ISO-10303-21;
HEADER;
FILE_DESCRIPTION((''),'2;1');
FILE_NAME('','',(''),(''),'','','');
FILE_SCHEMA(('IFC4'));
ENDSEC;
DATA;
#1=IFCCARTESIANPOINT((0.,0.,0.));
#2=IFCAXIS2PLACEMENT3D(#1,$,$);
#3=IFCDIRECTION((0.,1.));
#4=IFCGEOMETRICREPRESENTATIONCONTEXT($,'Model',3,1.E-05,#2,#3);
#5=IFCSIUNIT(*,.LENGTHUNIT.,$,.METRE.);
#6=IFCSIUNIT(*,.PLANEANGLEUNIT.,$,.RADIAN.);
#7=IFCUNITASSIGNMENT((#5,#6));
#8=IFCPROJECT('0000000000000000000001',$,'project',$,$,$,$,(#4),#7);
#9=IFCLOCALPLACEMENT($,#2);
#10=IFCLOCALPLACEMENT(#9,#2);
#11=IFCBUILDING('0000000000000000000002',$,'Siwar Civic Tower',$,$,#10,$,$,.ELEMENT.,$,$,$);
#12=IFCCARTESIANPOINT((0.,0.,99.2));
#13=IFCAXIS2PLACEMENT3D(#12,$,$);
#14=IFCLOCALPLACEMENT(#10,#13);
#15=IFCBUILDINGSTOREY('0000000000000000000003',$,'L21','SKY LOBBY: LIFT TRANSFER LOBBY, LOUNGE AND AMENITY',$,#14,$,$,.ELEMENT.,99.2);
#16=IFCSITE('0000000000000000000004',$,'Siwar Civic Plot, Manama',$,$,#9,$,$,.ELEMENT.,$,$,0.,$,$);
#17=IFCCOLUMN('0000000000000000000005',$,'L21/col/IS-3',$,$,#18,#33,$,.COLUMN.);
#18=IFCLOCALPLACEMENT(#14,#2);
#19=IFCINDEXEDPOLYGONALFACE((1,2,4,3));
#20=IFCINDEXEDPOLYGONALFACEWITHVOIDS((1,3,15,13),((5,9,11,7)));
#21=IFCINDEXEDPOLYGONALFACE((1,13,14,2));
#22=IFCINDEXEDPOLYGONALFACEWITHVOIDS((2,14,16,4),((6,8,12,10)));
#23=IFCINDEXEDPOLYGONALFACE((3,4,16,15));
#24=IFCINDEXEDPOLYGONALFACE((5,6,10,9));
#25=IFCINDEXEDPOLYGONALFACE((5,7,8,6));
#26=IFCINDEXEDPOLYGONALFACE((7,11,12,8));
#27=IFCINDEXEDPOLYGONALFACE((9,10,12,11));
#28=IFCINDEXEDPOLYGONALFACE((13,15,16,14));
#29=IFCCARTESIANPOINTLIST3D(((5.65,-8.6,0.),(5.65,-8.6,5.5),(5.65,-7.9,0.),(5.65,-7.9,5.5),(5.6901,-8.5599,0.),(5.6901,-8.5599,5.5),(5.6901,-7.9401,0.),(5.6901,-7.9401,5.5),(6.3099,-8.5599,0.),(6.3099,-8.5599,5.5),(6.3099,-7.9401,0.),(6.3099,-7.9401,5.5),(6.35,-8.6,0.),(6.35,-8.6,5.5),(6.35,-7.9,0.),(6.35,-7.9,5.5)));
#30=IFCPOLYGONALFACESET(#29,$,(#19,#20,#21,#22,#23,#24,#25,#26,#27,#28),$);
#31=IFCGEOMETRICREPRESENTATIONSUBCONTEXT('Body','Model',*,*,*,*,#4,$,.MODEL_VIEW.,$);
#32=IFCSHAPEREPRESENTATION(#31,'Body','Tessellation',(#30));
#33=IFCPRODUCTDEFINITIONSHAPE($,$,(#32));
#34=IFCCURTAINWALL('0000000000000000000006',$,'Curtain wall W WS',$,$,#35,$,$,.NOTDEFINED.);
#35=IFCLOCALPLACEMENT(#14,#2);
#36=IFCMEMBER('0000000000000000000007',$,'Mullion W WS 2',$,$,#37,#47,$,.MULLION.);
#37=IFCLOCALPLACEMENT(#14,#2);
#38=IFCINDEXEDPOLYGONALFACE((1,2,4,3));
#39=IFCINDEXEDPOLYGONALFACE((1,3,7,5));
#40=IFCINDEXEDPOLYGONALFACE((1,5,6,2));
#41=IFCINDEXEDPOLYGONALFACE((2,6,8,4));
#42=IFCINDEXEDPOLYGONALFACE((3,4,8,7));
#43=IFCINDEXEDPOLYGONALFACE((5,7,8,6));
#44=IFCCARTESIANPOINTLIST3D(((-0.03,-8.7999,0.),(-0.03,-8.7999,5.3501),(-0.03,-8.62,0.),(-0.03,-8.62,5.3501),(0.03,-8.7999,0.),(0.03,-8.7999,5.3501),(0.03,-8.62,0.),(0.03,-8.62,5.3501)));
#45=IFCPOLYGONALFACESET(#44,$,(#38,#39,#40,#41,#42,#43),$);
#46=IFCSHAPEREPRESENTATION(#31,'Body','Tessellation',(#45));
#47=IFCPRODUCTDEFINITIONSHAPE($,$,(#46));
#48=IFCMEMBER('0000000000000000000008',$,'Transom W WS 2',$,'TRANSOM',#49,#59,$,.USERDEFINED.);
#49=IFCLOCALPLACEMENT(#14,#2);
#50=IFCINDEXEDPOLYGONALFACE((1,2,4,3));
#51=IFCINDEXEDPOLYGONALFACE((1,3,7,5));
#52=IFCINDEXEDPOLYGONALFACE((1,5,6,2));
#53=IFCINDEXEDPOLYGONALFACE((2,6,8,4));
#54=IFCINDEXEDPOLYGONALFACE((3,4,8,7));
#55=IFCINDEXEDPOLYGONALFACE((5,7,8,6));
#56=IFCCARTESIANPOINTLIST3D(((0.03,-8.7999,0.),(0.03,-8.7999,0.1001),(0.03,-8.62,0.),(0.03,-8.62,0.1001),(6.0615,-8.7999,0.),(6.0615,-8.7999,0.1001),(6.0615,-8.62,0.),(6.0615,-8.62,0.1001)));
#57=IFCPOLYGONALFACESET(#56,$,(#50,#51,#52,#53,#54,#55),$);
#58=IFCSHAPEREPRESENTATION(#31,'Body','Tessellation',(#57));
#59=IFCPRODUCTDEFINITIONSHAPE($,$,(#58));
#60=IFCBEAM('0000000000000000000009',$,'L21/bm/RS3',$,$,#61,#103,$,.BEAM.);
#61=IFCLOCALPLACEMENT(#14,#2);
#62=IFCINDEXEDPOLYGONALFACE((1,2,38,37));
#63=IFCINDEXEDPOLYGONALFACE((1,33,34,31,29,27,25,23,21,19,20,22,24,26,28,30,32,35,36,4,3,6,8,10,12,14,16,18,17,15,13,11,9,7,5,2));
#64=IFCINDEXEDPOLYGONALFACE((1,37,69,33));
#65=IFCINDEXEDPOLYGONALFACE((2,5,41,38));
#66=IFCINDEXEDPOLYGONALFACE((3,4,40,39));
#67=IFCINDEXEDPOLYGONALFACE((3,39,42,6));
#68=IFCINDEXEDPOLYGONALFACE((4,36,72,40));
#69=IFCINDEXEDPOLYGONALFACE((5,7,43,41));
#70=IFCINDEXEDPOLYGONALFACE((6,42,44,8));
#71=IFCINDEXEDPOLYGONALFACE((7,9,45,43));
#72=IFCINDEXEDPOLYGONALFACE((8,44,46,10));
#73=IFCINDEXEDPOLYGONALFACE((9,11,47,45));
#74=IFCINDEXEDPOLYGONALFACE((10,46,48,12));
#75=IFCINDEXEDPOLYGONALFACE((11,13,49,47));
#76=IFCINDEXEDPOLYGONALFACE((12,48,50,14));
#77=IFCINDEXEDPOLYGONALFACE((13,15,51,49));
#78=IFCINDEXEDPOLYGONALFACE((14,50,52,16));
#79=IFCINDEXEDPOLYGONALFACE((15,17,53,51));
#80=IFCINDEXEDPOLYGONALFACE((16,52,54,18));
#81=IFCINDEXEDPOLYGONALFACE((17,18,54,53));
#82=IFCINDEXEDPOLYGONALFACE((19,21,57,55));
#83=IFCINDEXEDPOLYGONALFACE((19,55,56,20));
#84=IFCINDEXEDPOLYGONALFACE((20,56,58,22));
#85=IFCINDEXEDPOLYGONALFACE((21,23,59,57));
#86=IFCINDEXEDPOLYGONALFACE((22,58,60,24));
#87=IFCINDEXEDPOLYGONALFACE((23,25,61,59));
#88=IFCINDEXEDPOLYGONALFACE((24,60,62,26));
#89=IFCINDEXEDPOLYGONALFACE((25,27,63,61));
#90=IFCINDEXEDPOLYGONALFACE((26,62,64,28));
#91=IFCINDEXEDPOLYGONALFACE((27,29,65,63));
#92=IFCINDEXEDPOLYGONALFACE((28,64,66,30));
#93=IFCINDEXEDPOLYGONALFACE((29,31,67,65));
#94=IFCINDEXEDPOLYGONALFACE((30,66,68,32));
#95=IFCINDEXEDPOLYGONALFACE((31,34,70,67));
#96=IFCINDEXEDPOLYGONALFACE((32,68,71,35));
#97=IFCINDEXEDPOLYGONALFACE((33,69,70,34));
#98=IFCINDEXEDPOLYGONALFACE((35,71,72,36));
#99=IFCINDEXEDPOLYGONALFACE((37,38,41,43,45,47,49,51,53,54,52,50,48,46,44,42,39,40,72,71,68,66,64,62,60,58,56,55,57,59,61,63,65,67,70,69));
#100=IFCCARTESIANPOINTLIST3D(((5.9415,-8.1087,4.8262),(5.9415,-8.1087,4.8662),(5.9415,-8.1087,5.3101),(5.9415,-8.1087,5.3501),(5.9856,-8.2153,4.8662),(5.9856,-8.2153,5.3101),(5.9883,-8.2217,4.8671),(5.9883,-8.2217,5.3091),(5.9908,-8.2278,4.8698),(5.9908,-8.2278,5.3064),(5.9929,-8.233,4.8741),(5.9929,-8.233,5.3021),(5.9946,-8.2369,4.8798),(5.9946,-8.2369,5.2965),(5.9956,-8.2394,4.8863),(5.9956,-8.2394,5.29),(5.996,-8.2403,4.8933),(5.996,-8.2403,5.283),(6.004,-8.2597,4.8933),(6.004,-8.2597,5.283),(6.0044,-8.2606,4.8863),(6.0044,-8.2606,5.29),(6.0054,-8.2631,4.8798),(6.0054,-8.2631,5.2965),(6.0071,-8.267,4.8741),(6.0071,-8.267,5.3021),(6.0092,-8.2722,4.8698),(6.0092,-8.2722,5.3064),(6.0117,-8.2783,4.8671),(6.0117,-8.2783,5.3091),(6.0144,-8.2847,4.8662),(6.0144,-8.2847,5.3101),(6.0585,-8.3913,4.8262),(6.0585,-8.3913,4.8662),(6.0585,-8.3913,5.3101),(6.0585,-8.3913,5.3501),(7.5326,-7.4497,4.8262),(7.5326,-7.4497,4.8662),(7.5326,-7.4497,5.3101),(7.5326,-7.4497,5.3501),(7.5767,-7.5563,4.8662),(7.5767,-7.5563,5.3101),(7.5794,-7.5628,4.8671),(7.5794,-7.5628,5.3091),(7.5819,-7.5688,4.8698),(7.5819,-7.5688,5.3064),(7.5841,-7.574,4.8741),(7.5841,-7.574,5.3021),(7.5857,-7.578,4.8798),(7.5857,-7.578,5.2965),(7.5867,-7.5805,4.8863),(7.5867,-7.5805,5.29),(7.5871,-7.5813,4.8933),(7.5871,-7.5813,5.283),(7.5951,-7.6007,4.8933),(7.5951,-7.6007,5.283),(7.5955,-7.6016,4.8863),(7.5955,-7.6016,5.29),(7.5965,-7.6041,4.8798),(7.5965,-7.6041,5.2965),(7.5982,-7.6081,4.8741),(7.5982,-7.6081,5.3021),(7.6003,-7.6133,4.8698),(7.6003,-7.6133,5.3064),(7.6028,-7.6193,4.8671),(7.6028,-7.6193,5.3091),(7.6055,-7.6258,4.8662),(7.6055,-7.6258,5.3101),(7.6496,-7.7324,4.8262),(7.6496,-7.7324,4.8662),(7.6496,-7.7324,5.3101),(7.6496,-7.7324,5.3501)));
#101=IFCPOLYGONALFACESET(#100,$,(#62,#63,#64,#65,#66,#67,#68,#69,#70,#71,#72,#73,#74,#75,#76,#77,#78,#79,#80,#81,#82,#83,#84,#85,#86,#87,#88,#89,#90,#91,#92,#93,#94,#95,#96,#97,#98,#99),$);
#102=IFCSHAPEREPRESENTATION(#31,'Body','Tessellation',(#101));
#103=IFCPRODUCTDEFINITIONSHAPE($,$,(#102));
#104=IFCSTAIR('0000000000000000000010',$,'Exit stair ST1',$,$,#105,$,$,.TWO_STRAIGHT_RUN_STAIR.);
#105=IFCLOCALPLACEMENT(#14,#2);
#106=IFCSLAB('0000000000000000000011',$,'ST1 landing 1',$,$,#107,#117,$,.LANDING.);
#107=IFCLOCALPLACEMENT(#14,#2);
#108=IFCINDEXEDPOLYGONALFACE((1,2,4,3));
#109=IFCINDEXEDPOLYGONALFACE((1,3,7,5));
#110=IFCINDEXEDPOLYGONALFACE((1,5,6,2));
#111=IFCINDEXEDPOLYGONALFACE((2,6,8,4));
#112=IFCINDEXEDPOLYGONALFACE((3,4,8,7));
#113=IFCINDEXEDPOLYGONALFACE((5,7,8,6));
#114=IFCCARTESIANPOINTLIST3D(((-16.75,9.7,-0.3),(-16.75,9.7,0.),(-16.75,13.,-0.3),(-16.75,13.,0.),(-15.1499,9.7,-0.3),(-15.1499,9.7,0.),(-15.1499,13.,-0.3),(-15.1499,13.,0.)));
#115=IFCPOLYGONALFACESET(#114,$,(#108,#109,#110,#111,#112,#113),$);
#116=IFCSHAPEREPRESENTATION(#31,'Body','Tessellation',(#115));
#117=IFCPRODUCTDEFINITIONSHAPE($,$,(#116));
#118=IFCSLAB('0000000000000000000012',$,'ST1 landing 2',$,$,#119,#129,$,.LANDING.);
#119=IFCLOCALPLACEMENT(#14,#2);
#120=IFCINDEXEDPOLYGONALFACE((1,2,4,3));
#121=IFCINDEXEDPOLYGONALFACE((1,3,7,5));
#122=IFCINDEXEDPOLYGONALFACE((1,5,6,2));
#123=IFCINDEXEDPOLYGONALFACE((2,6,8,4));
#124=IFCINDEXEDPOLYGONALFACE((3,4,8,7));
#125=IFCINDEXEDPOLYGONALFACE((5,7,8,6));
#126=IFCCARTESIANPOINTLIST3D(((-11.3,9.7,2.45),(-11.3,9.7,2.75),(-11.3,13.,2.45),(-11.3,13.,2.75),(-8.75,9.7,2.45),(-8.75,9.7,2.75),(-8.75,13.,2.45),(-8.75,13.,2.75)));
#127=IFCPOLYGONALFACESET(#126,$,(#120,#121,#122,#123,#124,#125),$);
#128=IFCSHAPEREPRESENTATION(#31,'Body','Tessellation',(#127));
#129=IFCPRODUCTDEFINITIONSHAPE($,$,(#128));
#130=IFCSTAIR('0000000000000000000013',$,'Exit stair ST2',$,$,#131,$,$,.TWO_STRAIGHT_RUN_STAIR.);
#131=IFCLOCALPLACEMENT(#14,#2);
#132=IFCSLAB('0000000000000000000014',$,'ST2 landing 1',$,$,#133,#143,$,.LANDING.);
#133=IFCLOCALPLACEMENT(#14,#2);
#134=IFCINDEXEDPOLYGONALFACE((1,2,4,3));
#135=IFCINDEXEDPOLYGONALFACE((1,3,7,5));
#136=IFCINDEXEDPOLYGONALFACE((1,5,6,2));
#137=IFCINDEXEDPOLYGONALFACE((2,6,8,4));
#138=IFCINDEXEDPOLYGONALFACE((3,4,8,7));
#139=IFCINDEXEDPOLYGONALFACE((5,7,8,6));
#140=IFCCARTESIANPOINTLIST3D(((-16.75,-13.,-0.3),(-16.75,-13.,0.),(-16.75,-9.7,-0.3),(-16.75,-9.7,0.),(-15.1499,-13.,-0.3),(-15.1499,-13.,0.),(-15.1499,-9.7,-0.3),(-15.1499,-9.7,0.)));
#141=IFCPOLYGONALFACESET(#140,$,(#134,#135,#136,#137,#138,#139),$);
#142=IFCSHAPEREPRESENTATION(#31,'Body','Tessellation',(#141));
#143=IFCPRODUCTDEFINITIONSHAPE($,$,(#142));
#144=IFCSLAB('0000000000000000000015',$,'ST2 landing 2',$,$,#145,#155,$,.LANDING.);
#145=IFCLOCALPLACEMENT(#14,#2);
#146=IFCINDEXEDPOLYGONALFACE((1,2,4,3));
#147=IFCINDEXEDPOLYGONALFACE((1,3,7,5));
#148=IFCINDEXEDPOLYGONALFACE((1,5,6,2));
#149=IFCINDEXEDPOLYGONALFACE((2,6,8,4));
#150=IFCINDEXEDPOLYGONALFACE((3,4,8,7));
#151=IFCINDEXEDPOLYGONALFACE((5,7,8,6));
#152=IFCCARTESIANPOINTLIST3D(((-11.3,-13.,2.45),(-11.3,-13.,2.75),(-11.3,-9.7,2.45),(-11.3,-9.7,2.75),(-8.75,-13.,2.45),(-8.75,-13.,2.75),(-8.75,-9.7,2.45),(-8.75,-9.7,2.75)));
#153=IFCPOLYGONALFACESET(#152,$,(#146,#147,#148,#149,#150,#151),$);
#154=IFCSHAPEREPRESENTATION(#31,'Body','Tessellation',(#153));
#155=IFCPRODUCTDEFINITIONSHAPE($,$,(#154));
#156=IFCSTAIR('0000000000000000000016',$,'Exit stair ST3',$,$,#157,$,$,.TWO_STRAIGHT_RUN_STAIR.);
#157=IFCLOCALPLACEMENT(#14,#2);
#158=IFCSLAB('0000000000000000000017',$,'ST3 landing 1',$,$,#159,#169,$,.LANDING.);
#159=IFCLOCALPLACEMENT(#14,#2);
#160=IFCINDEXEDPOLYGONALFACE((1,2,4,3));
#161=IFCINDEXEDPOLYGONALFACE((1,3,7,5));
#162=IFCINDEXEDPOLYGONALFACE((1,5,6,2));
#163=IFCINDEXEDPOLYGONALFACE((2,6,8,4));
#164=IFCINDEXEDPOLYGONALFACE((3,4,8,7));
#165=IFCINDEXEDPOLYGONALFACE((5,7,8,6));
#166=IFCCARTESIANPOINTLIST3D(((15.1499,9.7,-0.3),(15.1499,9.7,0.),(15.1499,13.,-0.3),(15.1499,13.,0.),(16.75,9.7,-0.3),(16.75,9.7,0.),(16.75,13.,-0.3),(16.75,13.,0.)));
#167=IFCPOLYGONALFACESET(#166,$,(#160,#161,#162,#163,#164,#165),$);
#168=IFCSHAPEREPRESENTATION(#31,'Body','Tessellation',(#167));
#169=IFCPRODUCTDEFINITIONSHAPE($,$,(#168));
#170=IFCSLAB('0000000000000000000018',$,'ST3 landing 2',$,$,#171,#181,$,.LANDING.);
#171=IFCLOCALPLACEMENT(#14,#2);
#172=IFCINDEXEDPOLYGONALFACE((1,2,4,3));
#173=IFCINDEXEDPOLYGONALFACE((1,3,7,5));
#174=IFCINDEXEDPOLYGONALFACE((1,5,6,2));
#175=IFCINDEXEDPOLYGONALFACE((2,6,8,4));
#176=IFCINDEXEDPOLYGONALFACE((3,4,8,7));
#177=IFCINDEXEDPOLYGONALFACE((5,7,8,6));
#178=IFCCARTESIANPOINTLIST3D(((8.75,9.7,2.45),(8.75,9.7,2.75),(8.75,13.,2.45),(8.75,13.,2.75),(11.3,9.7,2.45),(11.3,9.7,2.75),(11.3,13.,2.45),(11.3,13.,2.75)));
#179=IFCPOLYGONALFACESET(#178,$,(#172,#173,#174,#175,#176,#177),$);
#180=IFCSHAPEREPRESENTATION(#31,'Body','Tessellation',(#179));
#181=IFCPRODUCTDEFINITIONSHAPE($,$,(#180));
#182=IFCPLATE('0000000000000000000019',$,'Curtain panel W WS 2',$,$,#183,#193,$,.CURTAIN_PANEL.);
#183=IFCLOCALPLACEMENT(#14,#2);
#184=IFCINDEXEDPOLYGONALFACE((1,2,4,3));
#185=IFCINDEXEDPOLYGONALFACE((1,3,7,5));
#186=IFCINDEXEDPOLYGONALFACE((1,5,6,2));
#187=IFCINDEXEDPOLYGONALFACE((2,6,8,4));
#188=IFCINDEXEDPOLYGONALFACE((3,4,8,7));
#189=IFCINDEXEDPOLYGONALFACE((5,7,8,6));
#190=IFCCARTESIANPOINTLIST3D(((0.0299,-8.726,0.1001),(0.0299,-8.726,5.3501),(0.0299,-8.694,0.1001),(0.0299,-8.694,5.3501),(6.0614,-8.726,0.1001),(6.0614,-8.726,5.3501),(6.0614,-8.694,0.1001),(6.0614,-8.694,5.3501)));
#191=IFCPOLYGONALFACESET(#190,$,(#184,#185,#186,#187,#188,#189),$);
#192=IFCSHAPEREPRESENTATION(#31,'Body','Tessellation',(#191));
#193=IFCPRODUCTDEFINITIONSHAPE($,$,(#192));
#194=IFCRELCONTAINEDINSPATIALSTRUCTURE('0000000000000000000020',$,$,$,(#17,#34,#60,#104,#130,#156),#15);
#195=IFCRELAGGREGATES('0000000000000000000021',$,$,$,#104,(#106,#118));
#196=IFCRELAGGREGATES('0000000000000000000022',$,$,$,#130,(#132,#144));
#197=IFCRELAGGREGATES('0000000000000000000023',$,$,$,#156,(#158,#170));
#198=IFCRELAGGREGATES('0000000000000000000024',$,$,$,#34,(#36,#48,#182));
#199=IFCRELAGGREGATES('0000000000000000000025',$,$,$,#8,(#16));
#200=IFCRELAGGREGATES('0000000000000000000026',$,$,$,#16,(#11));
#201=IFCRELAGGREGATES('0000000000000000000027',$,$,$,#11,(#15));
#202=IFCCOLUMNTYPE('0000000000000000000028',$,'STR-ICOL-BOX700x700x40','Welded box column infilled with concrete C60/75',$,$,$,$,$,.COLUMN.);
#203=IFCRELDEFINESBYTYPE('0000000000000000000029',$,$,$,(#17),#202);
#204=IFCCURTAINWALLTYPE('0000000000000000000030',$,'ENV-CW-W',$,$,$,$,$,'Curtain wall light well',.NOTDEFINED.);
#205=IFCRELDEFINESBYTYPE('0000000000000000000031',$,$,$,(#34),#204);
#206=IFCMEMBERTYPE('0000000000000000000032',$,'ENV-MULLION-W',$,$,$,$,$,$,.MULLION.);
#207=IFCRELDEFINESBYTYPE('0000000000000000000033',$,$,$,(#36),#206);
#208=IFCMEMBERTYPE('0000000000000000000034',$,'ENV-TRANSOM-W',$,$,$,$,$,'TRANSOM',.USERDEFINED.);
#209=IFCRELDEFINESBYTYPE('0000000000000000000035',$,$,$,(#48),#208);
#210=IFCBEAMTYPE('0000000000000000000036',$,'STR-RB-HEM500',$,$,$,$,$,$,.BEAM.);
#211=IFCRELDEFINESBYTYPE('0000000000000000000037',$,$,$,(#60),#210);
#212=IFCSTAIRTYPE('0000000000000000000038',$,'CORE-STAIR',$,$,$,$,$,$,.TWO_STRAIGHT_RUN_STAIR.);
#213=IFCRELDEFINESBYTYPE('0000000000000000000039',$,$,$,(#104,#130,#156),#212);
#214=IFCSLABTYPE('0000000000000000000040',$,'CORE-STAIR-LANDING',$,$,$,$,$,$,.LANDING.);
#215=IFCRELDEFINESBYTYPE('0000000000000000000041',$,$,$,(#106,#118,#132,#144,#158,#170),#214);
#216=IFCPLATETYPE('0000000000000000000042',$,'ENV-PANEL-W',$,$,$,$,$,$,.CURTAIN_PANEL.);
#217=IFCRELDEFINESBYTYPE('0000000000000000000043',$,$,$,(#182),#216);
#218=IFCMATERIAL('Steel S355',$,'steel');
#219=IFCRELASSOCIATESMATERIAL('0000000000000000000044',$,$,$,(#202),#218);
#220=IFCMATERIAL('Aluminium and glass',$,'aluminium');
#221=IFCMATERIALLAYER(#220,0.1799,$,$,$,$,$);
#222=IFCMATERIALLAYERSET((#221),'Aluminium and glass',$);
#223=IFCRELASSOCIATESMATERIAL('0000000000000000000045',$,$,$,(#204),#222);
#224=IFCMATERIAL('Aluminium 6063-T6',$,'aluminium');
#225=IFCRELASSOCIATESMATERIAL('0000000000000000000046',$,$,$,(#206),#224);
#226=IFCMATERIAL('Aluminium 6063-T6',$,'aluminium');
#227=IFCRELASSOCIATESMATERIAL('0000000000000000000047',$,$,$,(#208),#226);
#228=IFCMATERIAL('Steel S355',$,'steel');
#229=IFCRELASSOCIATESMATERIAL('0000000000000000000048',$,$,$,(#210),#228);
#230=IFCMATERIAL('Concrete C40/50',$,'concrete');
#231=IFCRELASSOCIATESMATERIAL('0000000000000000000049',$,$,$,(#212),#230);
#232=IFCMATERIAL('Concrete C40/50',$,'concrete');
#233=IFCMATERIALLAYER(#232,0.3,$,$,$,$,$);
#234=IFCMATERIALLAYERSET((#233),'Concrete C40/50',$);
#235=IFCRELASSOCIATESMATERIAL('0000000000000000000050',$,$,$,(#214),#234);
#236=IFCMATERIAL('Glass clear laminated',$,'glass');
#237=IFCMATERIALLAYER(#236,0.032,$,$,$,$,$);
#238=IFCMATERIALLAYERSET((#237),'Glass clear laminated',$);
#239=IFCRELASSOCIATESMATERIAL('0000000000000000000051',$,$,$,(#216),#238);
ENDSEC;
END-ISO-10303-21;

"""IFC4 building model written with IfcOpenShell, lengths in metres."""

from ifc_helpers import new_model, si_unit, direction, frame, origin, origin_2d, place, context, subcontext, project, spatial, polyline, rectangle, hollow_rectangle, i_section, outline, extrude, material, layer, layer_set, material_profile, profile_set, type_object, element, aggregate, save


model = new_model("IFC4")

# Units and contexts
model_context = context("Model", 3, precision=1e-05, world=origin(), true_north=direction((0.0, 1.0)))
body_context = subcontext(model_context, "Body", "Model", "MODEL_VIEW")
ifc_project = project(units=[si_unit("LENGTHUNIT", "METRE"), si_unit("PLANEANGLEUNIT", "RADIAN")], contexts=[model_context])

# Site, building, storey
site_placement = place(None, origin())
site = spatial("IfcSite", under=ifc_project, at=site_placement, Name="Siwar Civic Plot, Manama", CompositionType="ELEMENT", RefElevation=0.0)
building_placement = place(site_placement, origin())
building = spatial("IfcBuilding", under=site, at=building_placement, Name="Siwar Civic Tower", CompositionType="ELEMENT")
storey_placement = place(building_placement, frame((0.0, 0.0, 99.2)))
storey = spatial("IfcBuildingStorey", under=building, at=storey_placement, Name="L21", Description="SKY LOBBY: LIFT TRANSFER LOBBY, LOUNGE AND AMENITY", CompositionType="ELEMENT", Elevation=99.2)

# Column
ifc_material_1 = material(Name="Steel S355", Category="steel")
ifc_material_profile_1 = material_profile(ifc_material_1, hollow_rectangle(XDim=0.7, YDim=0.7, WallThickness=0.04, at=origin_2d()), Name="BOX700x700x40")
ifc_profile_set_1 = profile_set([ifc_material_profile_1], Name="Steel S355")
column_type = type_object("IfcColumnType", Name="STR-ICOL-BOX700x700x40", Description="Welded box column infilled with concrete C60/75", PredefinedType="COLUMN", material=ifc_profile_set_1)
column_placement = place(storey_placement, frame((6.0, -8.25, 0.0), z_axis=(0.0, 0.0, 1.0), x_axis=(1.0, 0.0, 0.0)))
element("IfcColumn", 1, at=column_placement, inside=storey, type_object=column_type, Name="L21/col/IS-3", PredefinedType="COLUMN", context=body_context, shape_type="SweptSolid", body=[
    extrude(hollow_rectangle(XDim=0.7, YDim=0.7, WallThickness=0.04, at=origin_2d()), origin(), (0.0, 0.0, 1.0), 5.5),
])

# Curtain wall, members
ifc_material_2 = material(Name="Aluminium and glass", Category="aluminium")
ifc_layer_1 = layer(ifc_material_2, 0.1799)
ifc_layer_set_1 = layer_set([ifc_layer_1], Name="Aluminium and glass")
curtain_wall_type = type_object("IfcCurtainWallType", Name="ENV-CW-W", ElementType="Curtain wall light well", PredefinedType="NOTDEFINED", material=ifc_layer_set_1)
curtain_wall_placement = place(storey_placement, origin())
curtain_wall = element("IfcCurtainWall", 2, at=curtain_wall_placement, inside=storey, type_object=curtain_wall_type, Name="Curtain wall W WS", PredefinedType="NOTDEFINED")
ifc_material_3 = material(Name="Aluminium 6063-T6", Category="aluminium")
ifc_material_profile_2 = material_profile(ifc_material_3, rectangle(XDim=0.1799, YDim=0.0601, at=origin_2d()), Name="AL 180x60")
ifc_profile_set_2 = profile_set([ifc_material_profile_2], Name="Aluminium 6063-T6")
member_type_1 = type_object("IfcMemberType", Name="ENV-MULLION-W", PredefinedType="MULLION", material=ifc_profile_set_2)
member_1_placement = place(storey_placement, frame((0.0, -8.71, 0.0), z_axis=(0.0, 0.0, 1.0), x_axis=(0.0, 1.0, 0.0)))
member_1 = element("IfcMember", 3, at=member_1_placement, type_object=member_type_1, Name="Mullion W WS 2", PredefinedType="MULLION", context=body_context, shape_type="SweptSolid", body=[
    extrude(rectangle(XDim=0.1799, YDim=0.0601, at=origin_2d()), origin(), (0.0, 0.0, 1.0), 5.3501),
])
ifc_material_4 = material(Name="Aluminium 6063-T6", Category="aluminium")
ifc_material_profile_3 = material_profile(ifc_material_4, rectangle(XDim=0.1799, YDim=0.1001, at=origin_2d()), Name="AL 180x100")
ifc_profile_set_3 = profile_set([ifc_material_profile_3], Name="Aluminium 6063-T6")
member_type_2 = type_object("IfcMemberType", Name="ENV-TRANSOM-W", ElementType="TRANSOM", PredefinedType="USERDEFINED", material=ifc_profile_set_3)
member_2_placement = place(storey_placement, frame((0.03, -8.71, 0.05), z_axis=(1.0, 0.0, 0.0), x_axis=(0.0, 1.0, 0.0)))
member_2 = element("IfcMember", 4, at=member_2_placement, type_object=member_type_2, Name="Transom W WS 2", ObjectType="TRANSOM", PredefinedType="USERDEFINED", context=body_context, shape_type="SweptSolid", body=[
    extrude(rectangle(XDim=0.1799, YDim=0.1001, at=origin_2d()), origin(), (0.0, 0.0, 1.0), 6.0315),
])

# Beam
ifc_material_5 = material(Name="Steel S355", Category="steel")
ifc_material_profile_4 = material_profile(ifc_material_5, i_section(OverallWidth=0.3059, OverallDepth=0.5239, WebThickness=0.021, FlangeThickness=0.04, FilletRadius=0.0271, at=origin_2d()), Name="HEM500")
ifc_profile_set_4 = profile_set([ifc_material_profile_4], Name="Steel S355")
beam_type = type_object("IfcBeamType", Name="STR-RB-HEM500", PredefinedType="BEAM", material=ifc_profile_set_4)
beam_placement = place(storey_placement, frame((6.0, -8.25, 5.0881), z_axis=(0.923901, 0.382631, 0.0), x_axis=(-0.382631, 0.923901, 0.0)))
element("IfcBeam", 5, at=beam_placement, inside=storey, type_object=beam_type, Name="L21/bm/RS3", PredefinedType="BEAM", context=body_context, shape_type="SweptSolid", body=[
    extrude(i_section(OverallWidth=0.3059, OverallDepth=0.5239, WebThickness=0.021, FlangeThickness=0.04, FilletRadius=0.0271, at=origin_2d()), origin(), (0.0, 0.0, 1.0), 1.7222),
])

# Stairs, slabs
ifc_material_6 = material(Name="Concrete C40/50", Category="concrete")
stair_type = type_object("IfcStairType", Name="CORE-STAIR", PredefinedType="TWO_STRAIGHT_RUN_STAIR", material=ifc_material_6)
stair_1_placement = place(storey_placement, origin())
stair_1 = element("IfcStair", 6, at=stair_1_placement, inside=storey, type_object=stair_type, Name="Exit stair ST1", PredefinedType="TWO_STRAIGHT_RUN_STAIR")
ifc_material_7 = material(Name="Concrete C40/50", Category="concrete")
ifc_layer_2 = layer(ifc_material_7, 0.3)
ifc_layer_set_2 = layer_set([ifc_layer_2], Name="Concrete C40/50")
slab_type = type_object("IfcSlabType", Name="CORE-STAIR-LANDING", PredefinedType="LANDING", material=ifc_layer_set_2)
slab_1_placement = place(storey_placement, frame((0.0, 0.0, -0.3)))
slab_1 = element("IfcSlab", 7, at=slab_1_placement, type_object=slab_type, Name="ST1 landing 1", PredefinedType="LANDING", context=body_context, shape_type="SweptSolid", body=[
    extrude(outline(polyline([(-15.1499, 13.0), (-16.75, 13.0), (-16.75, 9.7), (-15.1499, 9.7), (-15.1499, 13.0)])), origin(), (0.0, 0.0, 1.0), 0.3),
])
slab_2_placement = place(storey_placement, frame((0.0, 0.0, 2.45)))
slab_2 = element("IfcSlab", 8, at=slab_2_placement, type_object=slab_type, Name="ST1 landing 2", PredefinedType="LANDING", context=body_context, shape_type="SweptSolid", body=[
    extrude(outline(polyline([(-8.75, 13.0), (-11.3, 13.0), (-11.3, 9.7), (-8.75, 9.7), (-8.75, 13.0)])), origin(), (0.0, 0.0, 1.0), 0.3),
])
aggregate(stair_1, [slab_1, slab_2])
stair_2_placement = place(storey_placement, origin())
stair_2 = element("IfcStair", 9, at=stair_2_placement, inside=storey, type_object=stair_type, Name="Exit stair ST2", PredefinedType="TWO_STRAIGHT_RUN_STAIR")
slab_3_placement = place(storey_placement, frame((0.0, 0.0, -0.3)))
slab_3 = element("IfcSlab", 10, at=slab_3_placement, type_object=slab_type, Name="ST2 landing 1", PredefinedType="LANDING", context=body_context, shape_type="SweptSolid", body=[
    extrude(outline(polyline([(-15.1499, -9.7), (-16.75, -9.7), (-16.75, -13.0), (-15.1499, -13.0), (-15.1499, -9.7)])), origin(), (0.0, 0.0, 1.0), 0.3),
])
slab_4_placement = place(storey_placement, frame((0.0, 0.0, 2.45)))
slab_4 = element("IfcSlab", 11, at=slab_4_placement, type_object=slab_type, Name="ST2 landing 2", PredefinedType="LANDING", context=body_context, shape_type="SweptSolid", body=[
    extrude(outline(polyline([(-8.75, -9.7), (-11.3, -9.7), (-11.3, -13.0), (-8.75, -13.0), (-8.75, -9.7)])), origin(), (0.0, 0.0, 1.0), 0.3),
])
aggregate(stair_2, [slab_3, slab_4])
stair_3_placement = place(storey_placement, origin())
stair_3 = element("IfcStair", 12, at=stair_3_placement, inside=storey, type_object=stair_type, Name="Exit stair ST3", PredefinedType="TWO_STRAIGHT_RUN_STAIR")
slab_5_placement = place(storey_placement, frame((0.0, 0.0, -0.3)))
slab_5 = element("IfcSlab", 13, at=slab_5_placement, type_object=slab_type, Name="ST3 landing 1", PredefinedType="LANDING", context=body_context, shape_type="SweptSolid", body=[
    extrude(outline(polyline([(15.1499, 9.7), (16.75, 9.7), (16.75, 13.0), (15.1499, 13.0), (15.1499, 9.7)])), origin(), (0.0, 0.0, 1.0), 0.3),
])
slab_6_placement = place(storey_placement, frame((0.0, 0.0, 2.45)))
slab_6 = element("IfcSlab", 14, at=slab_6_placement, type_object=slab_type, Name="ST3 landing 2", PredefinedType="LANDING", context=body_context, shape_type="SweptSolid", body=[
    extrude(outline(polyline([(8.75, 9.7), (11.3, 9.7), (11.3, 13.0), (8.75, 13.0), (8.75, 9.7)])), origin(), (0.0, 0.0, 1.0), 0.3),
])
aggregate(stair_3, [slab_5, slab_6])

# Plate
ifc_material_8 = material(Name="Glass clear laminated", Category="glass")
ifc_layer_3 = layer(ifc_material_8, 0.032)
ifc_layer_set_3 = layer_set([ifc_layer_3], Name="Glass clear laminated")
plate_type = type_object("IfcPlateType", Name="ENV-PANEL-W", PredefinedType="CURTAIN_PANEL", material=ifc_layer_set_3)
plate_placement = place(storey_placement, frame((3.0457, -8.71, 0.1001), z_axis=(0.0, 0.0, 1.0), x_axis=(1.0, 0.0, 0.0)))
plate = element("IfcPlate", 15, at=plate_placement, type_object=plate_type, Name="Curtain panel W WS 2", PredefinedType="CURTAIN_PANEL", context=body_context, shape_type="SweptSolid", body=[
    extrude(rectangle(XDim=6.0315, YDim=0.032, at=origin_2d()), origin(), (0.0, 0.0, 1.0), 5.25),
])
aggregate(curtain_wall, [member_1, member_2, plate])

save(model, "model.ifc")
